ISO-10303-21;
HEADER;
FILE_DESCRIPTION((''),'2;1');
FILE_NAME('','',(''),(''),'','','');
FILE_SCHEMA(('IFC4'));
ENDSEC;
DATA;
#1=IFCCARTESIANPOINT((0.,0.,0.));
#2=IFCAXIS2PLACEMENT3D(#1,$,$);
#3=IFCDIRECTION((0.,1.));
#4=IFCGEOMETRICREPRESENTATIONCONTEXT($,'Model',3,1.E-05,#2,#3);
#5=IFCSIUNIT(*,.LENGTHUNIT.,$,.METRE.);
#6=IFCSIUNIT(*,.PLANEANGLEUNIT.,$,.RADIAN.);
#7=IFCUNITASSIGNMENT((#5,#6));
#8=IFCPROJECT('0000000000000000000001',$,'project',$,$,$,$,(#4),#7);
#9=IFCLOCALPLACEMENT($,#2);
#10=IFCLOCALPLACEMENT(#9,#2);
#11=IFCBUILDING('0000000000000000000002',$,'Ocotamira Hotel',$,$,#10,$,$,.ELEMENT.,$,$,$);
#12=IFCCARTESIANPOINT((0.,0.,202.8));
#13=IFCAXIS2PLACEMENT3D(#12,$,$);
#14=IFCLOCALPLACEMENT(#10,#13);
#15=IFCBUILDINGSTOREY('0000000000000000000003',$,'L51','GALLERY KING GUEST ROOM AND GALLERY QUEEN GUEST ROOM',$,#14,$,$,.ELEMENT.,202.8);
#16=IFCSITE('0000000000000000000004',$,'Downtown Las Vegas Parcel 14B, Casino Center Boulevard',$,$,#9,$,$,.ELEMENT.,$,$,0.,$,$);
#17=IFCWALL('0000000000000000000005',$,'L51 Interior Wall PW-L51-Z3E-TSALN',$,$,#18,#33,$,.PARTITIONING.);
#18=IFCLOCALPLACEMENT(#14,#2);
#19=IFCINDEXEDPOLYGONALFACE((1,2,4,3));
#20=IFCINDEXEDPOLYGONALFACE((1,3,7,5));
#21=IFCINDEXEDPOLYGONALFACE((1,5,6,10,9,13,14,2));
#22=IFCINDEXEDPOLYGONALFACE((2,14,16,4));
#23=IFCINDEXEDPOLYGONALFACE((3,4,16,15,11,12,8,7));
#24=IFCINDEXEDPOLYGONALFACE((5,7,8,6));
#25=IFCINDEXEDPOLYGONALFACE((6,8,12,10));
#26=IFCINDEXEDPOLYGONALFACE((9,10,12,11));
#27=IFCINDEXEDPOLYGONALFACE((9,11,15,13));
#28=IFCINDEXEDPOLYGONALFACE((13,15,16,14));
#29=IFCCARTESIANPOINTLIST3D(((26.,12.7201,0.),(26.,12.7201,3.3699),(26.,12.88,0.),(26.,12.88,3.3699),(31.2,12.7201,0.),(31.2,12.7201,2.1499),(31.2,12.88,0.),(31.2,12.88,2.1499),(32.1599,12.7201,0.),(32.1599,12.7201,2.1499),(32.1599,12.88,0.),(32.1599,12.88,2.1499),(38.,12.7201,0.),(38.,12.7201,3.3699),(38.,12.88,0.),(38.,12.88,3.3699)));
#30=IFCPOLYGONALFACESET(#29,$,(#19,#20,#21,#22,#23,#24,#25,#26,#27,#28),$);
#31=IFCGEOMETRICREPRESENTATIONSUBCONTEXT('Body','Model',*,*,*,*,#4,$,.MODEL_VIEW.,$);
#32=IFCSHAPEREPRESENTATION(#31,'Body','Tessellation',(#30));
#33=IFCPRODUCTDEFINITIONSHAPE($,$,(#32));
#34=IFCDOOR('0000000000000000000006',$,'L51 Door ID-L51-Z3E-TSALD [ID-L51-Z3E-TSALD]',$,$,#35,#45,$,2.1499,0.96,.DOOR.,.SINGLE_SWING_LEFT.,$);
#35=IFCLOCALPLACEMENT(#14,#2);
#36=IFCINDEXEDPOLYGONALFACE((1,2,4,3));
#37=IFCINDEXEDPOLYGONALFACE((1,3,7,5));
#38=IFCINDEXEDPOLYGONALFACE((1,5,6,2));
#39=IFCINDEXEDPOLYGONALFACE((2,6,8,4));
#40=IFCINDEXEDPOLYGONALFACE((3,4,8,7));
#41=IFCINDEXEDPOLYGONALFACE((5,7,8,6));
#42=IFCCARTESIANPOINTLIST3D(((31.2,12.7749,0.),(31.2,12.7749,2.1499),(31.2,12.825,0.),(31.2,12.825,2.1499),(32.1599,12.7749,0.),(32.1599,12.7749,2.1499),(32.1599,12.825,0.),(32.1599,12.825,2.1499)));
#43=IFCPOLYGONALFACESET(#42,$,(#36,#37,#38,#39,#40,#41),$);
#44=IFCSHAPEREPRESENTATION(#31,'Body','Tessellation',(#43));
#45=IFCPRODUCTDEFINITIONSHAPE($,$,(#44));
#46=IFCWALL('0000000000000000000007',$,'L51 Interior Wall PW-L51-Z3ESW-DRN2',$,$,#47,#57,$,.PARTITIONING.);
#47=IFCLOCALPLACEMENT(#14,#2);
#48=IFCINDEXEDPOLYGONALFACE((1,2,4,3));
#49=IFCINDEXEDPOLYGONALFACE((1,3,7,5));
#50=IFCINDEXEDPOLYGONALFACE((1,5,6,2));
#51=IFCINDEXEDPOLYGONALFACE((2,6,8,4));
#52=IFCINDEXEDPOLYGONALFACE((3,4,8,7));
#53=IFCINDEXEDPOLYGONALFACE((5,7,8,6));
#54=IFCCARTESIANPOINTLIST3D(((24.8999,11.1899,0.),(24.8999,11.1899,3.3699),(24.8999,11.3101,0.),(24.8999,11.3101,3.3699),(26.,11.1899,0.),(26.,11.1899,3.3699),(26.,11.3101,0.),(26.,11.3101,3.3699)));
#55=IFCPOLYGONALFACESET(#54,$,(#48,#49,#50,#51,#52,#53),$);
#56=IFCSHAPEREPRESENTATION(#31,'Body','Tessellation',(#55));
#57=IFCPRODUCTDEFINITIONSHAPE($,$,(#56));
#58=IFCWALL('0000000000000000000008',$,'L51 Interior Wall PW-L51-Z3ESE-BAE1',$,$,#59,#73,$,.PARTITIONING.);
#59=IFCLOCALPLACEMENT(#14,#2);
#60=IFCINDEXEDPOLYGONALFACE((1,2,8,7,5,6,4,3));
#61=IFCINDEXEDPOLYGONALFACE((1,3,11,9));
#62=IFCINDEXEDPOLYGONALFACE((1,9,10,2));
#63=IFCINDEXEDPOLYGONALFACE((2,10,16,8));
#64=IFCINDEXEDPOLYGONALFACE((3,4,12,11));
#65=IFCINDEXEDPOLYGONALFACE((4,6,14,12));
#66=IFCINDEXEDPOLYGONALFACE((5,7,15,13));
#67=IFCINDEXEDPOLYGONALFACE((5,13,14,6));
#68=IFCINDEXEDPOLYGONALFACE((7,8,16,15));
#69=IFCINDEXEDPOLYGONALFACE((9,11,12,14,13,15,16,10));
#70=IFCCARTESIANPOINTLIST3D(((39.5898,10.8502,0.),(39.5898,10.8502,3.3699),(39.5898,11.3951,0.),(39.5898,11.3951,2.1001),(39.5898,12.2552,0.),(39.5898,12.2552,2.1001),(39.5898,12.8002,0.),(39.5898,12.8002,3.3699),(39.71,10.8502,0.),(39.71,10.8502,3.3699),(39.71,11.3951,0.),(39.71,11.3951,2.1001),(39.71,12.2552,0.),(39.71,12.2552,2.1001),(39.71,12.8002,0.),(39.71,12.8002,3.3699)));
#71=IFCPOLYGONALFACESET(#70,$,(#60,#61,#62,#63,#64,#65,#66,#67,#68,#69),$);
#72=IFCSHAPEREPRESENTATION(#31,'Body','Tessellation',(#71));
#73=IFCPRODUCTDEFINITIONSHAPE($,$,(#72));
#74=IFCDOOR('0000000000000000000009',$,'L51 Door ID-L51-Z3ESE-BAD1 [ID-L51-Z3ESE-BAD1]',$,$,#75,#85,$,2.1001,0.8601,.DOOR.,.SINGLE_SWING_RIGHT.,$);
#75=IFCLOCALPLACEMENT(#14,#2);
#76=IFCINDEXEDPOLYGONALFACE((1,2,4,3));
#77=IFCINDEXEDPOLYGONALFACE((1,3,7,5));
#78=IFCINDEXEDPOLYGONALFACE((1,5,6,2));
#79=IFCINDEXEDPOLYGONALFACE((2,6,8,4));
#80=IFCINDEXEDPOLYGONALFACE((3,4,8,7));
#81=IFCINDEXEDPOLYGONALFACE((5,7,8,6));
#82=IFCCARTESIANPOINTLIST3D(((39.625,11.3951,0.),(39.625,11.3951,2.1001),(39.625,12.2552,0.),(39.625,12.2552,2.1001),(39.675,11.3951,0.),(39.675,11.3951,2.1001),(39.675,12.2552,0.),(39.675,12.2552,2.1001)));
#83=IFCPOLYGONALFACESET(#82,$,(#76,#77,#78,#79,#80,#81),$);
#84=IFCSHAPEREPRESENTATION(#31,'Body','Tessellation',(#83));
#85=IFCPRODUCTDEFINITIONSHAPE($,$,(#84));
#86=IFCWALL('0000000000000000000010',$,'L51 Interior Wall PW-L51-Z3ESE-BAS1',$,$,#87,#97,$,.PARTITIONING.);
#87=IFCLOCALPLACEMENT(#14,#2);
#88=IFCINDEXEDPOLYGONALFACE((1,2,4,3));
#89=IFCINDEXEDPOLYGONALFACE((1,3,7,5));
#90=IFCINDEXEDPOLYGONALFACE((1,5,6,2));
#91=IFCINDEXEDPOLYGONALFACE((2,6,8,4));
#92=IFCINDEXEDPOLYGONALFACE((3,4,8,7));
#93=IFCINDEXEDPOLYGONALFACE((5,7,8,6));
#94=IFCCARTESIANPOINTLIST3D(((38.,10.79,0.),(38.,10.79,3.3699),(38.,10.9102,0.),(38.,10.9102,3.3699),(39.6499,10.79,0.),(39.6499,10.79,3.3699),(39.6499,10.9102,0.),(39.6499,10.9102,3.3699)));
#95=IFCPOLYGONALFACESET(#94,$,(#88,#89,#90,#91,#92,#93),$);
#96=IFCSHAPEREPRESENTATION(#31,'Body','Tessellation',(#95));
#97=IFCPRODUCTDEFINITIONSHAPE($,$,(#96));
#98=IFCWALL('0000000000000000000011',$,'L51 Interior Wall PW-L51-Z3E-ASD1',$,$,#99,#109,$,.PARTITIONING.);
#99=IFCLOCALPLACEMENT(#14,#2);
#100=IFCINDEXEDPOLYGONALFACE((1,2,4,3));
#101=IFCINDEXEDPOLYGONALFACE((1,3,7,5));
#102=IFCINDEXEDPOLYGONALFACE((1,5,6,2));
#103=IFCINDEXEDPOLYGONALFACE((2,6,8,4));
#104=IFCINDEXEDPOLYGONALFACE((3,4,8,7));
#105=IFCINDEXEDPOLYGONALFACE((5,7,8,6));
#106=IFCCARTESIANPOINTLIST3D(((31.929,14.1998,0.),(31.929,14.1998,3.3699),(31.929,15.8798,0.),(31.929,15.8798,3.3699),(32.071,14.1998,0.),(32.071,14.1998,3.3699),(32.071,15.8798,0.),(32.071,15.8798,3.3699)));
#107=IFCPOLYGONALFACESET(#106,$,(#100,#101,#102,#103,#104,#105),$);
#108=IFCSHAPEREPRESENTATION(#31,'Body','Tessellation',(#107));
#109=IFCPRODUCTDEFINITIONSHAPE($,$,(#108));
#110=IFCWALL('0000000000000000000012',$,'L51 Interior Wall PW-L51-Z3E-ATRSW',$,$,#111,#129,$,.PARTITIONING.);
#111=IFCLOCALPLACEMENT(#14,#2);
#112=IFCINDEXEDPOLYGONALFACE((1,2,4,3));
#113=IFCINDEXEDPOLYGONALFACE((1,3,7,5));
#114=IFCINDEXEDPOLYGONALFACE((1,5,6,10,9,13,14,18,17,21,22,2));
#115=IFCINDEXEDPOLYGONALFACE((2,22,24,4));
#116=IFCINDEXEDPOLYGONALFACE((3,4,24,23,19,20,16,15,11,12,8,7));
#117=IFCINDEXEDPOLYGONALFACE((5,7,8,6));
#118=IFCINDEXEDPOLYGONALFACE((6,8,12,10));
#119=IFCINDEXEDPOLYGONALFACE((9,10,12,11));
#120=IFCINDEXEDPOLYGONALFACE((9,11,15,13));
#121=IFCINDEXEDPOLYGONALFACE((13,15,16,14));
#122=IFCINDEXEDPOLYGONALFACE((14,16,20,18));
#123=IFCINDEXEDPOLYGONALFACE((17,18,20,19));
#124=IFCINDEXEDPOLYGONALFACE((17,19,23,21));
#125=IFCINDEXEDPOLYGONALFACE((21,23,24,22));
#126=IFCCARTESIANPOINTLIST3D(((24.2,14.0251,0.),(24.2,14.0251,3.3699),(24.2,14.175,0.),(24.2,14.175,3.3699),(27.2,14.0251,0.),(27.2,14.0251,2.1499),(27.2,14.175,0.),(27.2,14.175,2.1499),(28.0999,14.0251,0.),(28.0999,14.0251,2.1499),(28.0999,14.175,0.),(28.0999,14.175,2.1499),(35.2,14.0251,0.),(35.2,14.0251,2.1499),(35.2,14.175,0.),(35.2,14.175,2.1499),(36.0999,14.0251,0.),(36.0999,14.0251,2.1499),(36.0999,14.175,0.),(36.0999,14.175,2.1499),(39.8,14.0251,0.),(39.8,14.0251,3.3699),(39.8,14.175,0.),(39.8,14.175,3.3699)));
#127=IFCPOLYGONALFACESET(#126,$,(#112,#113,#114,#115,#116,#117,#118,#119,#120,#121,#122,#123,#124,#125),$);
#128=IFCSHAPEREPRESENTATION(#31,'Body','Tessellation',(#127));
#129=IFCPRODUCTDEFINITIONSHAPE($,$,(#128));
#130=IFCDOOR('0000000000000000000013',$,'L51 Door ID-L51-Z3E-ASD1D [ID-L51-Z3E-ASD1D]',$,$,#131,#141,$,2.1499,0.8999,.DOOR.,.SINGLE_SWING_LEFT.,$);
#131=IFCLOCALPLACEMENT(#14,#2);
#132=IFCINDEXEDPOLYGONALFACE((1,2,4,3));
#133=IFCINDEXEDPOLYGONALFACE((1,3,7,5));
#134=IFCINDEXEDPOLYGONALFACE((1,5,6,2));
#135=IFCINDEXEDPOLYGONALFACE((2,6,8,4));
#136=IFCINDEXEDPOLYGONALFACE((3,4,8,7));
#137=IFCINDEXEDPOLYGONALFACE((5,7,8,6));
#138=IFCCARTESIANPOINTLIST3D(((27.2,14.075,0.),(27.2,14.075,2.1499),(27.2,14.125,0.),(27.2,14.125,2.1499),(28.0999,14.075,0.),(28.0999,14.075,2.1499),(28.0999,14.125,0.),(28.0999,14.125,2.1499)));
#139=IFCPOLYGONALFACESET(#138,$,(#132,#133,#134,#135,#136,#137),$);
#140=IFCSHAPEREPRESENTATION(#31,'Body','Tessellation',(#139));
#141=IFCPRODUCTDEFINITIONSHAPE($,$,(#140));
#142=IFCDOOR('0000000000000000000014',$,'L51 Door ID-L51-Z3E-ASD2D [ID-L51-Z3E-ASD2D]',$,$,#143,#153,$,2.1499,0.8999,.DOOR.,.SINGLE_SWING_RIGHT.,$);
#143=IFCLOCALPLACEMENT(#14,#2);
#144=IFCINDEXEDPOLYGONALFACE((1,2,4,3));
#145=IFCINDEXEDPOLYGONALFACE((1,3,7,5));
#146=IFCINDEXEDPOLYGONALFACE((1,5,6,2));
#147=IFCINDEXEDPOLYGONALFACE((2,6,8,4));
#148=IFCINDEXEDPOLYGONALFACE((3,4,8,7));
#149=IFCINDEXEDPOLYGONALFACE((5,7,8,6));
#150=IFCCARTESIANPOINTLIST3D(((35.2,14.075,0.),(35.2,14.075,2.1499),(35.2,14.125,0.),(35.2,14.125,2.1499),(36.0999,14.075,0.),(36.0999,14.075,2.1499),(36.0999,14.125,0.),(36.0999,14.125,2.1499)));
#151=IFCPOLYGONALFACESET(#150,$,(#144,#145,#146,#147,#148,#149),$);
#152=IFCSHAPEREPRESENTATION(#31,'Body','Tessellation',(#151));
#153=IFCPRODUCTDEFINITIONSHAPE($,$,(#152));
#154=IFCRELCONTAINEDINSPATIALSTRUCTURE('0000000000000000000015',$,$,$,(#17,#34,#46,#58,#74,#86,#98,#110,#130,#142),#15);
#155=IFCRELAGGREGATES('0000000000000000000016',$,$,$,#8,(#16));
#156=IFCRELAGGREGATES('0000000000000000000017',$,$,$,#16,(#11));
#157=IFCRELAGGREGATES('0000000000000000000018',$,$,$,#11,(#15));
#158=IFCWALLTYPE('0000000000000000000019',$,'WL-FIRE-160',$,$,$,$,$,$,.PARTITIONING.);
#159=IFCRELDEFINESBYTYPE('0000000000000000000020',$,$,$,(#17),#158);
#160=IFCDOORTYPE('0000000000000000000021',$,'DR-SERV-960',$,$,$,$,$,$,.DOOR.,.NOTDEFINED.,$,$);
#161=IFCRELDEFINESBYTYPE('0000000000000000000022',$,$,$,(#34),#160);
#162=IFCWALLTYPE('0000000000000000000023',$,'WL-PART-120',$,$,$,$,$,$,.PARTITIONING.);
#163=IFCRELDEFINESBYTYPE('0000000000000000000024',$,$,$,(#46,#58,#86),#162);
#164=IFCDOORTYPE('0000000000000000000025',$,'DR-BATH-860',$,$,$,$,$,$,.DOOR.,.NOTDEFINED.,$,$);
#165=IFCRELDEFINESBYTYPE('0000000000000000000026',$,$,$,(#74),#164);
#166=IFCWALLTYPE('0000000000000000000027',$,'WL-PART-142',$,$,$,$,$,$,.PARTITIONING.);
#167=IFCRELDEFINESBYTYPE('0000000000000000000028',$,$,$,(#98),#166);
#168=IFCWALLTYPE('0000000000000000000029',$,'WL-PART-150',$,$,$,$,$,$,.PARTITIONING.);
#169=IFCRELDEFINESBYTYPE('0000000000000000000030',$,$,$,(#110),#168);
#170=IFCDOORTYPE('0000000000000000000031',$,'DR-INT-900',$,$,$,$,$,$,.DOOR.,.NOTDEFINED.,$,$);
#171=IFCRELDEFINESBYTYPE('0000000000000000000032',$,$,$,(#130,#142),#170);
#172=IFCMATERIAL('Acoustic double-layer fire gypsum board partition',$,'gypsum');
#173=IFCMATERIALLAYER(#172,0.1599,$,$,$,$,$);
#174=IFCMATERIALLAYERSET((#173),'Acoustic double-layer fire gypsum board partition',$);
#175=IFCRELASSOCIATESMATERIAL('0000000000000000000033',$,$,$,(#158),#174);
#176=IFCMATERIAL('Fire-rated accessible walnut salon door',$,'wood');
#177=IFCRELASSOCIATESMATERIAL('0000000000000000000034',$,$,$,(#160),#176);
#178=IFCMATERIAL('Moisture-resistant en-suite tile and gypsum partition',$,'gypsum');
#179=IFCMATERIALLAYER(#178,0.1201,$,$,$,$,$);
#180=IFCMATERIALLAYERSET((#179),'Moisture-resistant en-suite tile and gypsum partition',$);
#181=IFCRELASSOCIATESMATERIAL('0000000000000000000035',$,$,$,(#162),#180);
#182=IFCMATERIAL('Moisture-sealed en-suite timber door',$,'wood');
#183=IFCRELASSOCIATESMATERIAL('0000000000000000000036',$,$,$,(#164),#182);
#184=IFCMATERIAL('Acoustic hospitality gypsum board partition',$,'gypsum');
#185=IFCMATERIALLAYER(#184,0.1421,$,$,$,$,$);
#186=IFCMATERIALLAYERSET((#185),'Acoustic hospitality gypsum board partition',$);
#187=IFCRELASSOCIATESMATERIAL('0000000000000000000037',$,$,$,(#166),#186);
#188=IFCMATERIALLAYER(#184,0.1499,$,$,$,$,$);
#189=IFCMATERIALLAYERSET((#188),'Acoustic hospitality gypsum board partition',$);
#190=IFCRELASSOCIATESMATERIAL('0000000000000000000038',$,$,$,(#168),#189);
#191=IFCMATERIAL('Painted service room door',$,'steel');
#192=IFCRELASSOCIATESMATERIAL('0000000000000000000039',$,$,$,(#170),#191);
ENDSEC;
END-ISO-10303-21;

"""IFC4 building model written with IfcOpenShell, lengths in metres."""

from ifc_helpers import new_model, si_unit, direction, frame, frame_2d, origin, place, context, subcontext, project, spatial, rectangle, extrude, source, transform, mapped, material, layer, layer_set, type_object, element, fill, save


model = new_model("IFC4")

# Units and contexts
model_context = context("Model", 3, precision=1e-05, world=origin(), true_north=direction((0.0, 1.0)))
body_context = subcontext(model_context, "Body", "Model", "MODEL_VIEW")
ifc_project = project(units=[si_unit("LENGTHUNIT", "METRE"), si_unit("PLANEANGLEUNIT", "RADIAN")], contexts=[model_context])

# Site, building, storey
site_placement = place(None, origin())
site = spatial("IfcSite", under=ifc_project, at=site_placement, Name="Downtown Las Vegas Parcel 14B, Casino Center Boulevard", CompositionType="ELEMENT", RefElevation=0.0)
building_placement = place(site_placement, origin())
building = spatial("IfcBuilding", under=site, at=building_placement, Name="Ocotamira Hotel", CompositionType="ELEMENT")
storey_placement = place(building_placement, frame((0.0, 0.0, 202.8)))
storey = spatial("IfcBuildingStorey", under=building, at=storey_placement, Name="L51", Description="GALLERY KING GUEST ROOM AND GALLERY QUEEN GUEST ROOM", CompositionType="ELEMENT", Elevation=202.8)

# Wall, opening, door
ifc_material_1 = material(Name="Acoustic double-layer fire gypsum board partition", Category="gypsum")
ifc_layer_1 = layer(ifc_material_1, 0.1599)
ifc_layer_set_1 = layer_set([ifc_layer_1], Name="Acoustic double-layer fire gypsum board partition")
wall_type_1 = type_object("IfcWallType", Name="WL-FIRE-160", PredefinedType="PARTITIONING", material=ifc_layer_set_1)
wall_1_placement = place(storey_placement, frame((26.0, 12.8, 0.0), z_axis=(0.0, 0.0, 1.0), x_axis=(1.0, 0.0, 0.0)))
wall_1 = element("IfcWall", 1, at=wall_1_placement, inside=storey, type_object=wall_type_1, Name="L51 Interior Wall PW-L51-Z3E-TSALN", PredefinedType="PARTITIONING", context=body_context, shape_type="SweptSolid", body=[
    extrude(rectangle(XDim=12.0, YDim=0.1599, at=frame_2d((6.0, 0.0))), origin(), (0.0, 0.0, 1.0), 3.3699),
])
opening_1_placement = place(wall_1_placement, frame((5.2, 0.0, 0.0)))
opening_1 = element("IfcOpeningElement", 2, at=opening_1_placement, cuts=wall_1, PredefinedType="OPENING", context=body_context, shape_type="SweptSolid", body=[
    extrude(rectangle(XDim=0.96, YDim=2.1499, at=frame_2d((0.48, 1.075))), frame((0.0, 0.0898, 0.0), z_axis=(0.0, -1.0, 0.0), x_axis=(1.0, 0.0, 0.0)), (0.0, 0.0, 1.0), 0.1799),
])
ifc_material_2 = material(Name="Fire-rated accessible walnut salon door", Category="wood")
door_type_1 = type_object("IfcDoorType", Name="DR-SERV-960", OperationType="NOTDEFINED", PredefinedType="DOOR", material=ifc_material_2)
shared_shape_1 = source(origin(), body_context, "Body", "SweptSolid", [
    extrude(rectangle(XDim=0.96, YDim=2.1499, at=frame_2d((0.48, 1.075))), frame((0.0, 0.0249, 0.0), z_axis=(0.0, -1.0, 0.0), x_axis=(1.0, 0.0, 0.0)), (0.0, 0.0, 1.0), 0.05),
])
door_1_placement = place(opening_1_placement, origin())
door_1 = element("IfcDoor", 3, at=door_1_placement, inside=storey, type_object=door_type_1, Name="L51 Door ID-L51-Z3E-TSALD [ID-L51-Z3E-TSALD]", OperationType="SINGLE_SWING_LEFT", OverallHeight=2.1499, OverallWidth=0.96, PredefinedType="DOOR", context=body_context, shape_type="MappedRepresentation", body=[
    mapped(shared_shape_1, transform((0.0, 0.0, 0.0), scale=1.0)),
])
fill(opening_1, door_1)

# Wall
ifc_material_3 = material(Name="Moisture-resistant en-suite tile and gypsum partition", Category="gypsum")
ifc_layer_2 = layer(ifc_material_3, 0.1201)
ifc_layer_set_2 = layer_set([ifc_layer_2], Name="Moisture-resistant en-suite tile and gypsum partition")
wall_type_2 = type_object("IfcWallType", Name="WL-PART-120", PredefinedType="PARTITIONING", material=ifc_layer_set_2)
wall_2_placement = place(storey_placement, frame((24.8999, 11.25, 0.0), z_axis=(0.0, 0.0, 1.0), x_axis=(1.0, 0.0, 0.0)))
element("IfcWall", 4, at=wall_2_placement, inside=storey, type_object=wall_type_2, Name="L51 Interior Wall PW-L51-Z3ESW-DRN2", PredefinedType="PARTITIONING", context=body_context, shape_type="SweptSolid", body=[
    extrude(rectangle(XDim=1.1001, YDim=0.1201, at=frame_2d((0.55, 0.0))), origin(), (0.0, 0.0, 1.0), 3.3699),
])

# Wall, opening, door
wall_3_placement = place(storey_placement, frame((39.6499, 10.8501, 0.0), z_axis=(0.0, 0.0, 1.0), x_axis=(0.0, 1.0, 0.0)))
wall_3 = element("IfcWall", 5, at=wall_3_placement, inside=storey, type_object=wall_type_2, Name="L51 Interior Wall PW-L51-Z3ESE-BAE1", PredefinedType="PARTITIONING", context=body_context, shape_type="SweptSolid", body=[
    extrude(rectangle(XDim=1.95, YDim=0.1201, at=frame_2d((0.9751, 0.0))), origin(), (0.0, 0.0, 1.0), 3.3699),
])
opening_2_placement = place(wall_3_placement, frame((0.5449, 0.0, 0.0)))
opening_2 = element("IfcOpeningElement", 6, at=opening_2_placement, cuts=wall_3, PredefinedType="OPENING", context=body_context, shape_type="SweptSolid", body=[
    extrude(rectangle(XDim=0.8601, YDim=2.1001, at=frame_2d((0.4302, 1.05))), frame((0.0, 0.0701, 0.0), z_axis=(0.0, -1.0, 0.0), x_axis=(1.0, 0.0, 0.0)), (0.0, 0.0, 1.0), 0.1401),
])
ifc_material_4 = material(Name="Moisture-sealed en-suite timber door", Category="wood")
door_type_2 = type_object("IfcDoorType", Name="DR-BATH-860", OperationType="NOTDEFINED", PredefinedType="DOOR", material=ifc_material_4)
shared_shape_2 = source(origin(), body_context, "Body", "SweptSolid", [
    extrude(rectangle(XDim=0.8601, YDim=2.1001, at=frame_2d((0.4302, 1.05))), frame((0.0, 0.0249, 0.0), z_axis=(0.0, -1.0, 0.0), x_axis=(1.0, 0.0, 0.0)), (0.0, 0.0, 1.0), 0.05),
])
door_2_placement = place(opening_2_placement, origin())
door_2 = element("IfcDoor", 7, at=door_2_placement, inside=storey, type_object=door_type_2, Name="L51 Door ID-L51-Z3ESE-BAD1 [ID-L51-Z3ESE-BAD1]", OperationType="SINGLE_SWING_RIGHT", OverallHeight=2.1001, OverallWidth=0.8601, PredefinedType="DOOR", context=body_context, shape_type="MappedRepresentation", body=[
    mapped(shared_shape_2, transform((0.0, 0.0, 0.0), scale=1.0)),
])
fill(opening_2, door_2)

# Walls
wall_4_placement = place(storey_placement, frame((38.0, 10.8501, 0.0), z_axis=(0.0, 0.0, 1.0), x_axis=(1.0, 0.0, 0.0)))
element("IfcWall", 8, at=wall_4_placement, inside=storey, type_object=wall_type_2, Name="L51 Interior Wall PW-L51-Z3ESE-BAS1", PredefinedType="PARTITIONING", context=body_context, shape_type="SweptSolid", body=[
    extrude(rectangle(XDim=1.6499, YDim=0.1201, at=frame_2d((0.825, 0.0))), origin(), (0.0, 0.0, 1.0), 3.3699),
])
ifc_material_5 = material(Name="Acoustic hospitality gypsum board partition", Category="gypsum")
ifc_layer_3 = layer(ifc_material_5, 0.1421)
ifc_layer_set_3 = layer_set([ifc_layer_3], Name="Acoustic hospitality gypsum board partition")
wall_type_3 = type_object("IfcWallType", Name="WL-PART-142", PredefinedType="PARTITIONING", material=ifc_layer_set_3)
wall_5_placement = place(storey_placement, frame((32.0, 14.2, 0.0), z_axis=(0.0, 0.0, 1.0), x_axis=(0.0, 1.0, 0.0)))
element("IfcWall", 9, at=wall_5_placement, inside=storey, type_object=wall_type_3, Name="L51 Interior Wall PW-L51-Z3E-ASD1", PredefinedType="PARTITIONING", context=body_context, shape_type="SweptSolid", body=[
    extrude(rectangle(XDim=1.6799, YDim=0.1421, at=frame_2d((0.8398, 0.0))), origin(), (0.0, 0.0, 1.0), 3.3699),
])

# Wall, openings, doors
ifc_layer_4 = layer(ifc_material_5, 0.1499)
ifc_layer_set_4 = layer_set([ifc_layer_4], Name="Acoustic hospitality gypsum board partition")
wall_type_4 = type_object("IfcWallType", Name="WL-PART-150", PredefinedType="PARTITIONING", material=ifc_layer_set_4)
wall_6_placement = place(storey_placement, frame((24.2, 14.1001, 0.0), z_axis=(0.0, 0.0, 1.0), x_axis=(1.0, 0.0, 0.0)))
wall_6 = element("IfcWall", 10, at=wall_6_placement, inside=storey, type_object=wall_type_4, Name="L51 Interior Wall PW-L51-Z3E-ATRSW", PredefinedType="PARTITIONING", context=body_context, shape_type="SweptSolid", body=[
    extrude(rectangle(XDim=15.6001, YDim=0.1499, at=frame_2d((7.8, 0.0))), origin(), (0.0, 0.0, 1.0), 3.3699),
])
opening_3_placement = place(wall_6_placement, frame((3.0, 0.0, 0.0)))
opening_3 = element("IfcOpeningElement", 11, at=opening_3_placement, cuts=wall_6, PredefinedType="OPENING", context=body_context, shape_type="SweptSolid", body=[
    extrude(rectangle(XDim=0.8999, YDim=2.1499, at=frame_2d((0.45, 1.075))), frame((0.0, 0.085, 0.0), z_axis=(0.0, -1.0, 0.0), x_axis=(1.0, 0.0, 0.0)), (0.0, 0.0, 1.0), 0.1699),
])
opening_4_placement = place(wall_6_placement, frame((11.0, 0.0, 0.0)))
opening_4 = element("IfcOpeningElement", 12, at=opening_4_placement, cuts=wall_6, PredefinedType="OPENING", context=body_context, shape_type="SweptSolid", body=[
    extrude(rectangle(XDim=0.8999, YDim=2.1499, at=frame_2d((0.45, 1.075))), frame((0.0, 0.085, 0.0), z_axis=(0.0, -1.0, 0.0), x_axis=(1.0, 0.0, 0.0)), (0.0, 0.0, 1.0), 0.1699),
])
ifc_material_6 = material(Name="Painted service room door", Category="steel")
door_type_3 = type_object("IfcDoorType", Name="DR-INT-900", OperationType="NOTDEFINED", PredefinedType="DOOR", material=ifc_material_6)
shared_shape_3 = source(origin(), body_context, "Body", "SweptSolid", [
    extrude(rectangle(XDim=0.8999, YDim=2.1499, at=frame_2d((0.45, 1.075))), frame((0.0, 0.0249, 0.0), z_axis=(0.0, -1.0, 0.0), x_axis=(1.0, 0.0, 0.0)), (0.0, 0.0, 1.0), 0.05),
])
door_3_placement = place(opening_3_placement, origin())
door_3 = element("IfcDoor", 13, at=door_3_placement, inside=storey, type_object=door_type_3, Name="L51 Door ID-L51-Z3E-ASD1D [ID-L51-Z3E-ASD1D]", OperationType="SINGLE_SWING_LEFT", OverallHeight=2.1499, OverallWidth=0.8999, PredefinedType="DOOR", context=body_context, shape_type="MappedRepresentation", body=[
    mapped(shared_shape_3, transform((0.0, 0.0, 0.0), scale=1.0)),
])
fill(opening_3, door_3)
door_4_placement = place(opening_4_placement, origin())
door_4 = element("IfcDoor", 14, at=door_4_placement, inside=storey, type_object=door_type_3, Name="L51 Door ID-L51-Z3E-ASD2D [ID-L51-Z3E-ASD2D]", OperationType="SINGLE_SWING_RIGHT", OverallHeight=2.1499, OverallWidth=0.8999, PredefinedType="DOOR", context=body_context, shape_type="MappedRepresentation", body=[
    mapped(shared_shape_3, transform((0.0, 0.0, 0.0), scale=1.0)),
])
fill(opening_4, door_4)

save(model, "model.ifc")
